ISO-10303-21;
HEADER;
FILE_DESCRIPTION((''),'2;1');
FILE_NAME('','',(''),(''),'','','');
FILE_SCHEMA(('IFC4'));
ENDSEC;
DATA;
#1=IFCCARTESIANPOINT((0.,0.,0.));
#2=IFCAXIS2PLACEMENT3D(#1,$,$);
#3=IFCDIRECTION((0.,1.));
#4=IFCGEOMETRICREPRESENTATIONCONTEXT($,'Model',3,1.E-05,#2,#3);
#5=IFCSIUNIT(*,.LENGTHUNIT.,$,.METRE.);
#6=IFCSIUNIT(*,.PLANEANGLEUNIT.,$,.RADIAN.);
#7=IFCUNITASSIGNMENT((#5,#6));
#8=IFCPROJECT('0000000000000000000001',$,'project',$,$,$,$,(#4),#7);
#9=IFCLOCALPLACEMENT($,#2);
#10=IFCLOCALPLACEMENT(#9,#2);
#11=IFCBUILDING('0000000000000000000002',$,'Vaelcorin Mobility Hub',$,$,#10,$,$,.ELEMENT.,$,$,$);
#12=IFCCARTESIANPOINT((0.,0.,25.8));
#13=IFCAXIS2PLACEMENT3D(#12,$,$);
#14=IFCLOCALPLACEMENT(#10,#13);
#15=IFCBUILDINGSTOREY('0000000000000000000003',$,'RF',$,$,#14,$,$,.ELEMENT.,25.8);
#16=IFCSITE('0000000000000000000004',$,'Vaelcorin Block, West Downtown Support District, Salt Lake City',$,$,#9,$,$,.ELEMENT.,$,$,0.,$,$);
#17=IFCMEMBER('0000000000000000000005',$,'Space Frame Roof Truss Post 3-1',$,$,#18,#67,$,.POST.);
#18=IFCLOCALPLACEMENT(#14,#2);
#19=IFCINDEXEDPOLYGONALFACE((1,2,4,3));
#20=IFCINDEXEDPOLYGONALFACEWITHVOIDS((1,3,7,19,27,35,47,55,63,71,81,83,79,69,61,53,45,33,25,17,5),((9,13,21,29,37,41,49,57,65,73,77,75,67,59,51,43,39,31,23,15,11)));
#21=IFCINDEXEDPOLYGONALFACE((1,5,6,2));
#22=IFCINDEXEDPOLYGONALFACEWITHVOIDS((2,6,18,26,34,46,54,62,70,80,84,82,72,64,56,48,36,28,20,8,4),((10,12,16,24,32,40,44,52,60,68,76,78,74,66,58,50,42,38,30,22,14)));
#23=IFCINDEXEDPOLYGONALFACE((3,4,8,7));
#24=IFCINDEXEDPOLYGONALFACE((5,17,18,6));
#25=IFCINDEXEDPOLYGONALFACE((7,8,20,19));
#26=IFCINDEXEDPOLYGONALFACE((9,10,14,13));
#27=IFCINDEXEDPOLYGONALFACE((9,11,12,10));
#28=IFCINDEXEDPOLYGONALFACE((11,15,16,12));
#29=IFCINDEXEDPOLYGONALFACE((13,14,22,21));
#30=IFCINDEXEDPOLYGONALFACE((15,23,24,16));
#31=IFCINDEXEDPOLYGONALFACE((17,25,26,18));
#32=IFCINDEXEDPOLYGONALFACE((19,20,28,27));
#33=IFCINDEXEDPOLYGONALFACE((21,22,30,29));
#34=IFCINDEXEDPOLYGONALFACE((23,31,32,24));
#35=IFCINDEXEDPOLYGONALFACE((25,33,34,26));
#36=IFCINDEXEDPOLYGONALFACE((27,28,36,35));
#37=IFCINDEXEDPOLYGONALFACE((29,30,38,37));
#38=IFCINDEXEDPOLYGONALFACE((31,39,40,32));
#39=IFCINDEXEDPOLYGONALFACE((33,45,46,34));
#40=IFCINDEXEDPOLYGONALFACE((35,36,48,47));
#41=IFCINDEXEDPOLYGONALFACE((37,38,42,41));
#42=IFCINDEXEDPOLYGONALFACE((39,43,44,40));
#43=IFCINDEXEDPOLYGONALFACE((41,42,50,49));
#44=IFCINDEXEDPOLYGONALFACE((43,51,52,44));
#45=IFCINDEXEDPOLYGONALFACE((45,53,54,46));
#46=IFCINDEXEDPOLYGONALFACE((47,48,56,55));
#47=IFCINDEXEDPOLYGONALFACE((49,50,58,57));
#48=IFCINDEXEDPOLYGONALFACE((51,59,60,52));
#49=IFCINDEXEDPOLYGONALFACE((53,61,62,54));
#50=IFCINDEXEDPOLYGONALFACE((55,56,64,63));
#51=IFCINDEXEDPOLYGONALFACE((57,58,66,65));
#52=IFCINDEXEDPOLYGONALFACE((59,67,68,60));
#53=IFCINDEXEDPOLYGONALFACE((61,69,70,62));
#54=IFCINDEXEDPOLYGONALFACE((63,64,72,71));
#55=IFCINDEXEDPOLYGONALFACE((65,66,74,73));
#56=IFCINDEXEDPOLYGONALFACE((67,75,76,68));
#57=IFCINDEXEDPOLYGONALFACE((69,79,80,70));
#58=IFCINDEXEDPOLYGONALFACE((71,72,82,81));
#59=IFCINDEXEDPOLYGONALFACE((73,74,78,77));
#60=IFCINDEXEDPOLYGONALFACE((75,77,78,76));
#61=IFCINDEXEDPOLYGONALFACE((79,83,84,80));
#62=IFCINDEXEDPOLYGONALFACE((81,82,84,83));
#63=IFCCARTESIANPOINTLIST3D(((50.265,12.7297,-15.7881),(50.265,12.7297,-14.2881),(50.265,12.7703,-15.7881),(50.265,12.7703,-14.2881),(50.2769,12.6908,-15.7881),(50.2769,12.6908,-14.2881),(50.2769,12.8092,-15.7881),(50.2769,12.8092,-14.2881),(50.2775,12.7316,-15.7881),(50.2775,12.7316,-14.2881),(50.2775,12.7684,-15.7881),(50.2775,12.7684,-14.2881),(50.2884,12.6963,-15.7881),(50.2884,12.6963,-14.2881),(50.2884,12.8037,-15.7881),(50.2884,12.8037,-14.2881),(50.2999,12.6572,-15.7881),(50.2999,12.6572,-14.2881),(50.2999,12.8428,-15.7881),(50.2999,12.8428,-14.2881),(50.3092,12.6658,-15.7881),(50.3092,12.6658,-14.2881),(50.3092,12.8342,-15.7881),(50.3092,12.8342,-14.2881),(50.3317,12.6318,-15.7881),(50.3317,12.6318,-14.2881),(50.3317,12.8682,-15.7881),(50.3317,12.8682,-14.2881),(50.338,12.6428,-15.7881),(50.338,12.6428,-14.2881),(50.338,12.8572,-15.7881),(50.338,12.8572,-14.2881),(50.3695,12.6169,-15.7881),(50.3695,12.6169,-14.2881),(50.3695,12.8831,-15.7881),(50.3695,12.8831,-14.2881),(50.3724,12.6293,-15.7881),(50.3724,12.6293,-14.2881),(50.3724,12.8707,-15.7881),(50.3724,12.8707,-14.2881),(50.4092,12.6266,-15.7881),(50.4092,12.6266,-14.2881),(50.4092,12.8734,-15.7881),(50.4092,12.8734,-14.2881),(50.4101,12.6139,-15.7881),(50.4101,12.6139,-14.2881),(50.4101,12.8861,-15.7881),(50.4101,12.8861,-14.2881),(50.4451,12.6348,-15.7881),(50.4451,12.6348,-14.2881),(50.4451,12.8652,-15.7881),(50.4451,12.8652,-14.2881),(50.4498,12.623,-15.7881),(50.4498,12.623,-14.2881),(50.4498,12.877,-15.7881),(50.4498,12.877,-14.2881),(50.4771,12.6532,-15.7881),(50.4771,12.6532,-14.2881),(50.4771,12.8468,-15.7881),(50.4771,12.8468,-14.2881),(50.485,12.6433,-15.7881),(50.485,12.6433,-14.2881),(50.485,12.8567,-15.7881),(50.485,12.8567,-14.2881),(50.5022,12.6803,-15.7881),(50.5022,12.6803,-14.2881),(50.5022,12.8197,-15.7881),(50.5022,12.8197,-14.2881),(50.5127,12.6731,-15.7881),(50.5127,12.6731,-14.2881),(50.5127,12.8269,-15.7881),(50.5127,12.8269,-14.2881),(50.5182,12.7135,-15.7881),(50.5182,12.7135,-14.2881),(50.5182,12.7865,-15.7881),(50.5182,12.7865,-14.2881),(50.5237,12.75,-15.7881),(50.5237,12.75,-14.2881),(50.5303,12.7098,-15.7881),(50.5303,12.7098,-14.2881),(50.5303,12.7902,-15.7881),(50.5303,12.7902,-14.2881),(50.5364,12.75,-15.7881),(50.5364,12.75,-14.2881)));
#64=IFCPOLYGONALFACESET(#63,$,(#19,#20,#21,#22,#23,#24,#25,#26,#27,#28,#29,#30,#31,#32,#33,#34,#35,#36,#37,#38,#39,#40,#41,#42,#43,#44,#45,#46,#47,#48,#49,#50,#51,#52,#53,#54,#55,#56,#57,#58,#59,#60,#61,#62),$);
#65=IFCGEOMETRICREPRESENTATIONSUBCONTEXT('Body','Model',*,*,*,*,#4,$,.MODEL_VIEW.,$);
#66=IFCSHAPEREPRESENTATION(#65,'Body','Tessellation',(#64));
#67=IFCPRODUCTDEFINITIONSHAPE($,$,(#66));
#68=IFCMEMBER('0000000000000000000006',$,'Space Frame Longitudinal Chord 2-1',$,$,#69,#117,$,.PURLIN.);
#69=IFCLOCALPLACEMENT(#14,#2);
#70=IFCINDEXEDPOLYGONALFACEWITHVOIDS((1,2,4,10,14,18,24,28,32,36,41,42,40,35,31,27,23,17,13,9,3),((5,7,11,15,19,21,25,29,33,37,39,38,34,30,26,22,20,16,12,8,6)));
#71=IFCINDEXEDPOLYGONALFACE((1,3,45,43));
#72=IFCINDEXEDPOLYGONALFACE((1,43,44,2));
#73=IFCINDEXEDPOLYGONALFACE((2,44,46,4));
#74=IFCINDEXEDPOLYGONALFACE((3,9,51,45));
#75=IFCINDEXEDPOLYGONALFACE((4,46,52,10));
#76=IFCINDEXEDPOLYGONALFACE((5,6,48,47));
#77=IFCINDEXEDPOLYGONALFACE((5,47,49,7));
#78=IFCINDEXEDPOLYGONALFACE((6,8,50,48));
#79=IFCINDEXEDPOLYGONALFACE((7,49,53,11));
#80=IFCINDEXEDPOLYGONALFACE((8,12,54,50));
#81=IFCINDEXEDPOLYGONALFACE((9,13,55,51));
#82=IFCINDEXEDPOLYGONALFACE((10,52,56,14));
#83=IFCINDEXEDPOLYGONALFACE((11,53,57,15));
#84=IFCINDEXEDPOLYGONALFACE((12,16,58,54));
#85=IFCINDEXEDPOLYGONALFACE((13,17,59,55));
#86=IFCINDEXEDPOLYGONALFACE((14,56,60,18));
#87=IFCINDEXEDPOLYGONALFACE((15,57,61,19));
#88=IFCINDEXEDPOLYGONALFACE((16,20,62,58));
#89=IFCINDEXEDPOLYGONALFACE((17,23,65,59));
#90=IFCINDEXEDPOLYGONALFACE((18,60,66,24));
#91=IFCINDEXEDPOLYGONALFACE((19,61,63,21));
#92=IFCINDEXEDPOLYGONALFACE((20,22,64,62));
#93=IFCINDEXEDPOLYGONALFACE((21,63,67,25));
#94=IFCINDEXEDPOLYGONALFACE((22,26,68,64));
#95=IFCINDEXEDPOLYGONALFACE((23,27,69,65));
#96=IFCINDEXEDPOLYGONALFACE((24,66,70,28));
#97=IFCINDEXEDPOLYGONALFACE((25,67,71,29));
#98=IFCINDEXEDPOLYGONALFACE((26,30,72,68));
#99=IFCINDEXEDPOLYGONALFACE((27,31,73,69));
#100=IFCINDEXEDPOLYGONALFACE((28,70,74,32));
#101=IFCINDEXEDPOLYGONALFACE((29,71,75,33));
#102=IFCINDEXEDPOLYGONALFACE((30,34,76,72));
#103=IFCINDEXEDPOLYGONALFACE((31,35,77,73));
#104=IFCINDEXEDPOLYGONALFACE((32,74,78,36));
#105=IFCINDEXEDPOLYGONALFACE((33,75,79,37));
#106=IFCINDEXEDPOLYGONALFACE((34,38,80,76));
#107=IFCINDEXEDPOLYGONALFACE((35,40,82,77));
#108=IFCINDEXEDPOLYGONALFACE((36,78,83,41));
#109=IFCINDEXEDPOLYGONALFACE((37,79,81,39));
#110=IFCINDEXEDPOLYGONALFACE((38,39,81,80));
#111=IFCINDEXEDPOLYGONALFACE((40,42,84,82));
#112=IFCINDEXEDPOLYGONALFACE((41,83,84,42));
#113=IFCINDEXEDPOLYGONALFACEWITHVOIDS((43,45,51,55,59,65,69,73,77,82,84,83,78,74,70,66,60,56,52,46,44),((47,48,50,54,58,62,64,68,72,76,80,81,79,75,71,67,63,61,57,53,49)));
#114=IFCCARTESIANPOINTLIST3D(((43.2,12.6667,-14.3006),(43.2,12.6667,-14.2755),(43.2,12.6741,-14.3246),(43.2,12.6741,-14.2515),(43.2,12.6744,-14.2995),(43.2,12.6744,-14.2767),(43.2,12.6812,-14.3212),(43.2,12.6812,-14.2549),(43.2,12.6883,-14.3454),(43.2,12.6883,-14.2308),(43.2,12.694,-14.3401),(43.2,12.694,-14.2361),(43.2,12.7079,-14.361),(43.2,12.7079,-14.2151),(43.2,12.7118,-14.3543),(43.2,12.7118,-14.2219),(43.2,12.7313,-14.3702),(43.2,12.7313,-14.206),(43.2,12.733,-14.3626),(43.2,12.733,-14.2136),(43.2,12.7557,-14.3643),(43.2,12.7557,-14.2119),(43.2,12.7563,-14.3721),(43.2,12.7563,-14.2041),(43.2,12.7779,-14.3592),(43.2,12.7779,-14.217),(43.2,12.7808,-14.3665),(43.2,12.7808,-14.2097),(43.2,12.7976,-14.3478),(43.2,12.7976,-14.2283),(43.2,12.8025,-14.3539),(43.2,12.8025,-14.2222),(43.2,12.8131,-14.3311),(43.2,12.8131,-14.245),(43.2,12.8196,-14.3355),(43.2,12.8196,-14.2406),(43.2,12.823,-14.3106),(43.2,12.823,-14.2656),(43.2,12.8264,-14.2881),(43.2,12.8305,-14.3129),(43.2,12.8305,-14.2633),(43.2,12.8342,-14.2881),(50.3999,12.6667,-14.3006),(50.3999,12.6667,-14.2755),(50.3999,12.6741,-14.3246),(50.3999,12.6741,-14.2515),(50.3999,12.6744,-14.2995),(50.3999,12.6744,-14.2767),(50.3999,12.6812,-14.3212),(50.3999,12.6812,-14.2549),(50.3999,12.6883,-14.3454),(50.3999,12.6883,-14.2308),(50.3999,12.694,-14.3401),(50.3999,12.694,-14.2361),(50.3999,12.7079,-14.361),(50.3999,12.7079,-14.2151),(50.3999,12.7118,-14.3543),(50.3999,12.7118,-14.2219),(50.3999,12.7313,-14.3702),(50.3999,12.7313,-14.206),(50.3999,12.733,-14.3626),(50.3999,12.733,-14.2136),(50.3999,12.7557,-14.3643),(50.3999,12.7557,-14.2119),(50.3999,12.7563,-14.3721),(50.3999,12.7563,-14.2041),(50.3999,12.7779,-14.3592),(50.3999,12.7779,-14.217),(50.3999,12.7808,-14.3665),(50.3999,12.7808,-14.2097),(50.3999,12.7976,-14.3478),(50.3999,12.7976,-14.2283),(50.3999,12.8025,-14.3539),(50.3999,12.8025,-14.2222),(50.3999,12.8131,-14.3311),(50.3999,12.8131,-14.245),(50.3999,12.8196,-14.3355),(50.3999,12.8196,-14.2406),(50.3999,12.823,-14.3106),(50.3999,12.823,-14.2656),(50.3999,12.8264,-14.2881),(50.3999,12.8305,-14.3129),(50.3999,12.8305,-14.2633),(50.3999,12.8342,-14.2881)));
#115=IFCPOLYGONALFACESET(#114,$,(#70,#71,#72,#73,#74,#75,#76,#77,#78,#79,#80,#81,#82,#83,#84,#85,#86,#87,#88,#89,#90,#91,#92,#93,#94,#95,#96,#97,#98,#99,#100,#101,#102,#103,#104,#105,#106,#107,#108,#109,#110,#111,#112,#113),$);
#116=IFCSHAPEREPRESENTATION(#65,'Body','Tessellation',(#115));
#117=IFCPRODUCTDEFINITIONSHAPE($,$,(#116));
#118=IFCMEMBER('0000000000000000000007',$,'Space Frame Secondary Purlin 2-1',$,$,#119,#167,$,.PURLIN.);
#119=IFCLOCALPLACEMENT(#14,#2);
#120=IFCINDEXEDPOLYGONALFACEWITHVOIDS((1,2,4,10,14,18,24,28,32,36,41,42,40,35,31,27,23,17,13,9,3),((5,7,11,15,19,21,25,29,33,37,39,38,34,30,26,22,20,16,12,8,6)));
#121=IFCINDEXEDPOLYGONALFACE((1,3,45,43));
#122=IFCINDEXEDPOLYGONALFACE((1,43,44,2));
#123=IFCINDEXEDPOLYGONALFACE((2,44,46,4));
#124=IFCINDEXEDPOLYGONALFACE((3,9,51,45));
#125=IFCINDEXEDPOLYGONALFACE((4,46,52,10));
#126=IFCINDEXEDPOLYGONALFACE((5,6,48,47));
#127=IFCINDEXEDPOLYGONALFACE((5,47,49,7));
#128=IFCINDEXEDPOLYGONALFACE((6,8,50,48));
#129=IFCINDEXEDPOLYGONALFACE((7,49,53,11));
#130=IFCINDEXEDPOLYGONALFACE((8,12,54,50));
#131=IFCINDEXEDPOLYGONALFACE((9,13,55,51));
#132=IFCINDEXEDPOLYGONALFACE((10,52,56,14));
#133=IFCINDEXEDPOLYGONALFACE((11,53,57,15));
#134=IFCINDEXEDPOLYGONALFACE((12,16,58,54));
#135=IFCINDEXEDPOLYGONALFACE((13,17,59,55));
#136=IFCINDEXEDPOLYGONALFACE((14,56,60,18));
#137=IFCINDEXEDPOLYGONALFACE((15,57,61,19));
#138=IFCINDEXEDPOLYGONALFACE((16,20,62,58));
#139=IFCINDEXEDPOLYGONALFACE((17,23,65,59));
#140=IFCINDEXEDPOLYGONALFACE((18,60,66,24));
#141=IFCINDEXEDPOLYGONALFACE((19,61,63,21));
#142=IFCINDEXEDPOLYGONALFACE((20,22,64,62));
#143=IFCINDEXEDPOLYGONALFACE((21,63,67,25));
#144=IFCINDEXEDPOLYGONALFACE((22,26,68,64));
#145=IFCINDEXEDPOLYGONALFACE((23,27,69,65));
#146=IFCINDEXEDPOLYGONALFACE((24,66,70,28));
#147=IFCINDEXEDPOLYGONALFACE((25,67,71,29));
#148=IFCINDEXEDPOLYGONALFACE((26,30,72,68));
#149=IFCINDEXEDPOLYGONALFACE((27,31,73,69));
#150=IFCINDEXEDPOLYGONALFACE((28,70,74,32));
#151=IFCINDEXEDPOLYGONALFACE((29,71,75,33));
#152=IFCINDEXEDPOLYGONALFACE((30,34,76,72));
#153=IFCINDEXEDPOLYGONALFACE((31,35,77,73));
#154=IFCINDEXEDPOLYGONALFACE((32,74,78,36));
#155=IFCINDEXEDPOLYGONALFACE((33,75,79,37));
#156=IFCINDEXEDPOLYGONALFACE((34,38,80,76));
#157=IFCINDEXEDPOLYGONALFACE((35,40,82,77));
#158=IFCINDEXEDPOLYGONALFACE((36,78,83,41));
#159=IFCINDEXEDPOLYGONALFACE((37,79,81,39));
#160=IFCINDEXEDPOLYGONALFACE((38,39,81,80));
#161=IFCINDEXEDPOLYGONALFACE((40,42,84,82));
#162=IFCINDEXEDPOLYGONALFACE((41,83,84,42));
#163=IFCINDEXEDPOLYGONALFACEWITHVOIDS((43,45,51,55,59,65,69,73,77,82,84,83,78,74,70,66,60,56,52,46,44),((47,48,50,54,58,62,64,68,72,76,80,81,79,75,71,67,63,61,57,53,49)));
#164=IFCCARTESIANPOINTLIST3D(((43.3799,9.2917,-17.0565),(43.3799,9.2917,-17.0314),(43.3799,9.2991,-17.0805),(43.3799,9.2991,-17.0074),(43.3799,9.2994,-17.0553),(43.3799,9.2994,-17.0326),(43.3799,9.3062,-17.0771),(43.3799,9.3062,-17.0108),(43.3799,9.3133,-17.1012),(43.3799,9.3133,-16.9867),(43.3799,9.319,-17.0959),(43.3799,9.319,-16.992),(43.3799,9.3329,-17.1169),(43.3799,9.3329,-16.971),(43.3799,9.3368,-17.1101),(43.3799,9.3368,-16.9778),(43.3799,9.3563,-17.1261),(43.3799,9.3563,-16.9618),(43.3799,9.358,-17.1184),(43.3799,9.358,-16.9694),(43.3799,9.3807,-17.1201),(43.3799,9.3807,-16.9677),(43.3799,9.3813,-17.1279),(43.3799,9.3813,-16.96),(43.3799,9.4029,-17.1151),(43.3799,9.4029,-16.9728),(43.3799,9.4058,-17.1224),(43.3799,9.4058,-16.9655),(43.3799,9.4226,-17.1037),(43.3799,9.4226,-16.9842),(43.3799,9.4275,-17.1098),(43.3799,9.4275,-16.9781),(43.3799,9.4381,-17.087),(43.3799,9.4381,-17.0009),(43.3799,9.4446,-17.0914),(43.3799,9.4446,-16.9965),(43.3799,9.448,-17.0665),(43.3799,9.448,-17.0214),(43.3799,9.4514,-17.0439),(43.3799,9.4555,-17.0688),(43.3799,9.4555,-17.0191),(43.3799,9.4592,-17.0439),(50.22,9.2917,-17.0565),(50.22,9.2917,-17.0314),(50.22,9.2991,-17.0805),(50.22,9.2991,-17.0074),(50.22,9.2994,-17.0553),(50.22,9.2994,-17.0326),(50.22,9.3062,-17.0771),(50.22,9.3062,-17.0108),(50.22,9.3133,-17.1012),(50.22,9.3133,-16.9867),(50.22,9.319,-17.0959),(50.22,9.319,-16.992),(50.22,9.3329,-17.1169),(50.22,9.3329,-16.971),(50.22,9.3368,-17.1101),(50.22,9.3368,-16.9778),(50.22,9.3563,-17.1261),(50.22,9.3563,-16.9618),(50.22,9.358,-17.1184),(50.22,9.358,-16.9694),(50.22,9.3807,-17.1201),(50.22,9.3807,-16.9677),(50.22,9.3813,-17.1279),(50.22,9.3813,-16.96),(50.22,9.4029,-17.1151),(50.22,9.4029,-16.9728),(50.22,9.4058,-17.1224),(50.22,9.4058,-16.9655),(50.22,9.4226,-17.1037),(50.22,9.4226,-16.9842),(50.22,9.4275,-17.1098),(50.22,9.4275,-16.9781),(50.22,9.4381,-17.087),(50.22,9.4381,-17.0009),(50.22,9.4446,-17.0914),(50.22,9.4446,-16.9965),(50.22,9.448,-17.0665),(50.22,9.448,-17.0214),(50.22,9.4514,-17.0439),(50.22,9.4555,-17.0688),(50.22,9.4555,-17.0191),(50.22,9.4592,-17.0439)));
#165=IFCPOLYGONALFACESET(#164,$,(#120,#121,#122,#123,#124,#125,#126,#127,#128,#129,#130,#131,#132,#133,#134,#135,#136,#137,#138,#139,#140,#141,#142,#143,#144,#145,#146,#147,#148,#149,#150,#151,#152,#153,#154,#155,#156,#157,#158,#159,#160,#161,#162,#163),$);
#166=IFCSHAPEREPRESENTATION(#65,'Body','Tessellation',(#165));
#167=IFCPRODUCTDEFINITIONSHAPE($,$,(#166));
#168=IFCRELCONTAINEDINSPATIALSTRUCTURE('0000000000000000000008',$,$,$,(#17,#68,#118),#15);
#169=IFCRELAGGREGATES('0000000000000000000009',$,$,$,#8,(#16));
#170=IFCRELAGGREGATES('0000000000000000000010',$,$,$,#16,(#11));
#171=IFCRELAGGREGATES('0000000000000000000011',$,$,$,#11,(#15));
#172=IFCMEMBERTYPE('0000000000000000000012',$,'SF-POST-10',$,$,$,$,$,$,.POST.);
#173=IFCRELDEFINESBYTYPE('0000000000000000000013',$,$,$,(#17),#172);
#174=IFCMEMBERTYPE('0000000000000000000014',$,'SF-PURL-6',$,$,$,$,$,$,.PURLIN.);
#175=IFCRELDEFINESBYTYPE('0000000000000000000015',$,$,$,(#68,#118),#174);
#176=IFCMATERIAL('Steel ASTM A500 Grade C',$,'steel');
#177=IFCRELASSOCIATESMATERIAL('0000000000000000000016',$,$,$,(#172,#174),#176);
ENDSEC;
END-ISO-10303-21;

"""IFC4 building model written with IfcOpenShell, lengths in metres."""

from ifc_helpers import new_model, si_unit, direction, frame, origin, origin_2d, place, context, subcontext, project, spatial, hollow_circle, extrude, material, material_profile, profile_set, type_object, element, save


model = new_model("IFC4")

# Units and contexts
model_context = context("Model", 3, precision=1e-05, world=origin(), true_north=direction((0.0, 1.0)))
body_context = subcontext(model_context, "Body", "Model", "MODEL_VIEW")
ifc_project = project(units=[si_unit("LENGTHUNIT", "METRE"), si_unit("PLANEANGLEUNIT", "RADIAN")], contexts=[model_context])

# Site, building, storey
site_placement = place(None, origin())
site = spatial("IfcSite", under=ifc_project, at=site_placement, Name="Vaelcorin Block, West Downtown Support District, Salt Lake City", CompositionType="ELEMENT", RefElevation=0.0)
building_placement = place(site_placement, origin())
building = spatial("IfcBuilding", under=site, at=building_placement, Name="Vaelcorin Mobility Hub", CompositionType="ELEMENT")
storey_placement = place(building_placement, frame((0.0, 0.0, 25.8)))
storey = spatial("IfcBuildingStorey", under=building, at=storey_placement, Name="RF", CompositionType="ELEMENT", Elevation=25.8)

# Members
ifc_material_1 = material(Name="Steel ASTM A500 Grade C", Category="steel")
ifc_material_profile_1 = material_profile(ifc_material_1, hollow_circle(Radius=0.1365, WallThickness=0.0127, at=origin_2d()), Name="HSS10.750X0.500")
ifc_profile_set_1 = profile_set([ifc_material_profile_1], Name="Steel ASTM A500 Grade C")
member_type_1 = type_object("IfcMemberType", Name="SF-POST-10", PredefinedType="POST", material=ifc_profile_set_1)
for number, where, z_axis, x_axis, name in (
    (1, (50.3999, 12.75, -15.7881), (0.0, 0.0, 1.0), (1.0, 0.0, 0.0), "Space Frame Roof Truss Post 3-1"),
):
    element("IfcMember", number, at=place(storey_placement, frame(where, z_axis=z_axis, x_axis=x_axis)), inside=storey, type_object=member_type_1, Name=name, PredefinedType="POST", context=body_context, shape_type="SweptSolid", body=[
        extrude(hollow_circle(Radius=0.1365, WallThickness=0.0127, at=origin_2d()), origin(), (0.0, 0.0, 1.0), 1.5),
    ])
ifc_material_profile_2 = material_profile(ifc_material_1, hollow_circle(Radius=0.0842, WallThickness=0.0078, at=origin_2d()), Name="HSS6.625X0.312")
ifc_profile_set_2 = profile_set([ifc_material_profile_2], Name="Steel ASTM A500 Grade C")
member_type_2 = type_object("IfcMemberType", Name="SF-PURL-6", PredefinedType="PURLIN", material=ifc_profile_set_2)
member_1_placement = place(storey_placement, frame((43.2, 12.75, -14.2881), z_axis=(1.0, 0.0, 0.0), x_axis=(0.0, 1.0, 0.0)))
element("IfcMember", 2, at=member_1_placement, inside=storey, type_object=member_type_2, Name="Space Frame Longitudinal Chord 2-1", PredefinedType="PURLIN", context=body_context, shape_type="SweptSolid", body=[
    extrude(hollow_circle(Radius=0.0842, WallThickness=0.0078, at=origin_2d()), origin(), (0.0, 0.0, 1.0), 7.2),
])
for number, where, z_axis, x_axis, name in (
    (3, (43.3799, 9.375, -17.0439), (1.0, 0.0, 0.0), (0.0, 1.0, 0.0), "Space Frame Secondary Purlin 2-1"),
):
    element("IfcMember", number, at=place(storey_placement, frame(where, z_axis=z_axis, x_axis=x_axis)), inside=storey, type_object=member_type_2, Name=name, PredefinedType="PURLIN", context=body_context, shape_type="SweptSolid", body=[
        extrude(hollow_circle(Radius=0.0842, WallThickness=0.0078, at=origin_2d()), origin(), (0.0, 0.0, 1.0), 6.8401),
    ])

save(model, "model.ifc")
